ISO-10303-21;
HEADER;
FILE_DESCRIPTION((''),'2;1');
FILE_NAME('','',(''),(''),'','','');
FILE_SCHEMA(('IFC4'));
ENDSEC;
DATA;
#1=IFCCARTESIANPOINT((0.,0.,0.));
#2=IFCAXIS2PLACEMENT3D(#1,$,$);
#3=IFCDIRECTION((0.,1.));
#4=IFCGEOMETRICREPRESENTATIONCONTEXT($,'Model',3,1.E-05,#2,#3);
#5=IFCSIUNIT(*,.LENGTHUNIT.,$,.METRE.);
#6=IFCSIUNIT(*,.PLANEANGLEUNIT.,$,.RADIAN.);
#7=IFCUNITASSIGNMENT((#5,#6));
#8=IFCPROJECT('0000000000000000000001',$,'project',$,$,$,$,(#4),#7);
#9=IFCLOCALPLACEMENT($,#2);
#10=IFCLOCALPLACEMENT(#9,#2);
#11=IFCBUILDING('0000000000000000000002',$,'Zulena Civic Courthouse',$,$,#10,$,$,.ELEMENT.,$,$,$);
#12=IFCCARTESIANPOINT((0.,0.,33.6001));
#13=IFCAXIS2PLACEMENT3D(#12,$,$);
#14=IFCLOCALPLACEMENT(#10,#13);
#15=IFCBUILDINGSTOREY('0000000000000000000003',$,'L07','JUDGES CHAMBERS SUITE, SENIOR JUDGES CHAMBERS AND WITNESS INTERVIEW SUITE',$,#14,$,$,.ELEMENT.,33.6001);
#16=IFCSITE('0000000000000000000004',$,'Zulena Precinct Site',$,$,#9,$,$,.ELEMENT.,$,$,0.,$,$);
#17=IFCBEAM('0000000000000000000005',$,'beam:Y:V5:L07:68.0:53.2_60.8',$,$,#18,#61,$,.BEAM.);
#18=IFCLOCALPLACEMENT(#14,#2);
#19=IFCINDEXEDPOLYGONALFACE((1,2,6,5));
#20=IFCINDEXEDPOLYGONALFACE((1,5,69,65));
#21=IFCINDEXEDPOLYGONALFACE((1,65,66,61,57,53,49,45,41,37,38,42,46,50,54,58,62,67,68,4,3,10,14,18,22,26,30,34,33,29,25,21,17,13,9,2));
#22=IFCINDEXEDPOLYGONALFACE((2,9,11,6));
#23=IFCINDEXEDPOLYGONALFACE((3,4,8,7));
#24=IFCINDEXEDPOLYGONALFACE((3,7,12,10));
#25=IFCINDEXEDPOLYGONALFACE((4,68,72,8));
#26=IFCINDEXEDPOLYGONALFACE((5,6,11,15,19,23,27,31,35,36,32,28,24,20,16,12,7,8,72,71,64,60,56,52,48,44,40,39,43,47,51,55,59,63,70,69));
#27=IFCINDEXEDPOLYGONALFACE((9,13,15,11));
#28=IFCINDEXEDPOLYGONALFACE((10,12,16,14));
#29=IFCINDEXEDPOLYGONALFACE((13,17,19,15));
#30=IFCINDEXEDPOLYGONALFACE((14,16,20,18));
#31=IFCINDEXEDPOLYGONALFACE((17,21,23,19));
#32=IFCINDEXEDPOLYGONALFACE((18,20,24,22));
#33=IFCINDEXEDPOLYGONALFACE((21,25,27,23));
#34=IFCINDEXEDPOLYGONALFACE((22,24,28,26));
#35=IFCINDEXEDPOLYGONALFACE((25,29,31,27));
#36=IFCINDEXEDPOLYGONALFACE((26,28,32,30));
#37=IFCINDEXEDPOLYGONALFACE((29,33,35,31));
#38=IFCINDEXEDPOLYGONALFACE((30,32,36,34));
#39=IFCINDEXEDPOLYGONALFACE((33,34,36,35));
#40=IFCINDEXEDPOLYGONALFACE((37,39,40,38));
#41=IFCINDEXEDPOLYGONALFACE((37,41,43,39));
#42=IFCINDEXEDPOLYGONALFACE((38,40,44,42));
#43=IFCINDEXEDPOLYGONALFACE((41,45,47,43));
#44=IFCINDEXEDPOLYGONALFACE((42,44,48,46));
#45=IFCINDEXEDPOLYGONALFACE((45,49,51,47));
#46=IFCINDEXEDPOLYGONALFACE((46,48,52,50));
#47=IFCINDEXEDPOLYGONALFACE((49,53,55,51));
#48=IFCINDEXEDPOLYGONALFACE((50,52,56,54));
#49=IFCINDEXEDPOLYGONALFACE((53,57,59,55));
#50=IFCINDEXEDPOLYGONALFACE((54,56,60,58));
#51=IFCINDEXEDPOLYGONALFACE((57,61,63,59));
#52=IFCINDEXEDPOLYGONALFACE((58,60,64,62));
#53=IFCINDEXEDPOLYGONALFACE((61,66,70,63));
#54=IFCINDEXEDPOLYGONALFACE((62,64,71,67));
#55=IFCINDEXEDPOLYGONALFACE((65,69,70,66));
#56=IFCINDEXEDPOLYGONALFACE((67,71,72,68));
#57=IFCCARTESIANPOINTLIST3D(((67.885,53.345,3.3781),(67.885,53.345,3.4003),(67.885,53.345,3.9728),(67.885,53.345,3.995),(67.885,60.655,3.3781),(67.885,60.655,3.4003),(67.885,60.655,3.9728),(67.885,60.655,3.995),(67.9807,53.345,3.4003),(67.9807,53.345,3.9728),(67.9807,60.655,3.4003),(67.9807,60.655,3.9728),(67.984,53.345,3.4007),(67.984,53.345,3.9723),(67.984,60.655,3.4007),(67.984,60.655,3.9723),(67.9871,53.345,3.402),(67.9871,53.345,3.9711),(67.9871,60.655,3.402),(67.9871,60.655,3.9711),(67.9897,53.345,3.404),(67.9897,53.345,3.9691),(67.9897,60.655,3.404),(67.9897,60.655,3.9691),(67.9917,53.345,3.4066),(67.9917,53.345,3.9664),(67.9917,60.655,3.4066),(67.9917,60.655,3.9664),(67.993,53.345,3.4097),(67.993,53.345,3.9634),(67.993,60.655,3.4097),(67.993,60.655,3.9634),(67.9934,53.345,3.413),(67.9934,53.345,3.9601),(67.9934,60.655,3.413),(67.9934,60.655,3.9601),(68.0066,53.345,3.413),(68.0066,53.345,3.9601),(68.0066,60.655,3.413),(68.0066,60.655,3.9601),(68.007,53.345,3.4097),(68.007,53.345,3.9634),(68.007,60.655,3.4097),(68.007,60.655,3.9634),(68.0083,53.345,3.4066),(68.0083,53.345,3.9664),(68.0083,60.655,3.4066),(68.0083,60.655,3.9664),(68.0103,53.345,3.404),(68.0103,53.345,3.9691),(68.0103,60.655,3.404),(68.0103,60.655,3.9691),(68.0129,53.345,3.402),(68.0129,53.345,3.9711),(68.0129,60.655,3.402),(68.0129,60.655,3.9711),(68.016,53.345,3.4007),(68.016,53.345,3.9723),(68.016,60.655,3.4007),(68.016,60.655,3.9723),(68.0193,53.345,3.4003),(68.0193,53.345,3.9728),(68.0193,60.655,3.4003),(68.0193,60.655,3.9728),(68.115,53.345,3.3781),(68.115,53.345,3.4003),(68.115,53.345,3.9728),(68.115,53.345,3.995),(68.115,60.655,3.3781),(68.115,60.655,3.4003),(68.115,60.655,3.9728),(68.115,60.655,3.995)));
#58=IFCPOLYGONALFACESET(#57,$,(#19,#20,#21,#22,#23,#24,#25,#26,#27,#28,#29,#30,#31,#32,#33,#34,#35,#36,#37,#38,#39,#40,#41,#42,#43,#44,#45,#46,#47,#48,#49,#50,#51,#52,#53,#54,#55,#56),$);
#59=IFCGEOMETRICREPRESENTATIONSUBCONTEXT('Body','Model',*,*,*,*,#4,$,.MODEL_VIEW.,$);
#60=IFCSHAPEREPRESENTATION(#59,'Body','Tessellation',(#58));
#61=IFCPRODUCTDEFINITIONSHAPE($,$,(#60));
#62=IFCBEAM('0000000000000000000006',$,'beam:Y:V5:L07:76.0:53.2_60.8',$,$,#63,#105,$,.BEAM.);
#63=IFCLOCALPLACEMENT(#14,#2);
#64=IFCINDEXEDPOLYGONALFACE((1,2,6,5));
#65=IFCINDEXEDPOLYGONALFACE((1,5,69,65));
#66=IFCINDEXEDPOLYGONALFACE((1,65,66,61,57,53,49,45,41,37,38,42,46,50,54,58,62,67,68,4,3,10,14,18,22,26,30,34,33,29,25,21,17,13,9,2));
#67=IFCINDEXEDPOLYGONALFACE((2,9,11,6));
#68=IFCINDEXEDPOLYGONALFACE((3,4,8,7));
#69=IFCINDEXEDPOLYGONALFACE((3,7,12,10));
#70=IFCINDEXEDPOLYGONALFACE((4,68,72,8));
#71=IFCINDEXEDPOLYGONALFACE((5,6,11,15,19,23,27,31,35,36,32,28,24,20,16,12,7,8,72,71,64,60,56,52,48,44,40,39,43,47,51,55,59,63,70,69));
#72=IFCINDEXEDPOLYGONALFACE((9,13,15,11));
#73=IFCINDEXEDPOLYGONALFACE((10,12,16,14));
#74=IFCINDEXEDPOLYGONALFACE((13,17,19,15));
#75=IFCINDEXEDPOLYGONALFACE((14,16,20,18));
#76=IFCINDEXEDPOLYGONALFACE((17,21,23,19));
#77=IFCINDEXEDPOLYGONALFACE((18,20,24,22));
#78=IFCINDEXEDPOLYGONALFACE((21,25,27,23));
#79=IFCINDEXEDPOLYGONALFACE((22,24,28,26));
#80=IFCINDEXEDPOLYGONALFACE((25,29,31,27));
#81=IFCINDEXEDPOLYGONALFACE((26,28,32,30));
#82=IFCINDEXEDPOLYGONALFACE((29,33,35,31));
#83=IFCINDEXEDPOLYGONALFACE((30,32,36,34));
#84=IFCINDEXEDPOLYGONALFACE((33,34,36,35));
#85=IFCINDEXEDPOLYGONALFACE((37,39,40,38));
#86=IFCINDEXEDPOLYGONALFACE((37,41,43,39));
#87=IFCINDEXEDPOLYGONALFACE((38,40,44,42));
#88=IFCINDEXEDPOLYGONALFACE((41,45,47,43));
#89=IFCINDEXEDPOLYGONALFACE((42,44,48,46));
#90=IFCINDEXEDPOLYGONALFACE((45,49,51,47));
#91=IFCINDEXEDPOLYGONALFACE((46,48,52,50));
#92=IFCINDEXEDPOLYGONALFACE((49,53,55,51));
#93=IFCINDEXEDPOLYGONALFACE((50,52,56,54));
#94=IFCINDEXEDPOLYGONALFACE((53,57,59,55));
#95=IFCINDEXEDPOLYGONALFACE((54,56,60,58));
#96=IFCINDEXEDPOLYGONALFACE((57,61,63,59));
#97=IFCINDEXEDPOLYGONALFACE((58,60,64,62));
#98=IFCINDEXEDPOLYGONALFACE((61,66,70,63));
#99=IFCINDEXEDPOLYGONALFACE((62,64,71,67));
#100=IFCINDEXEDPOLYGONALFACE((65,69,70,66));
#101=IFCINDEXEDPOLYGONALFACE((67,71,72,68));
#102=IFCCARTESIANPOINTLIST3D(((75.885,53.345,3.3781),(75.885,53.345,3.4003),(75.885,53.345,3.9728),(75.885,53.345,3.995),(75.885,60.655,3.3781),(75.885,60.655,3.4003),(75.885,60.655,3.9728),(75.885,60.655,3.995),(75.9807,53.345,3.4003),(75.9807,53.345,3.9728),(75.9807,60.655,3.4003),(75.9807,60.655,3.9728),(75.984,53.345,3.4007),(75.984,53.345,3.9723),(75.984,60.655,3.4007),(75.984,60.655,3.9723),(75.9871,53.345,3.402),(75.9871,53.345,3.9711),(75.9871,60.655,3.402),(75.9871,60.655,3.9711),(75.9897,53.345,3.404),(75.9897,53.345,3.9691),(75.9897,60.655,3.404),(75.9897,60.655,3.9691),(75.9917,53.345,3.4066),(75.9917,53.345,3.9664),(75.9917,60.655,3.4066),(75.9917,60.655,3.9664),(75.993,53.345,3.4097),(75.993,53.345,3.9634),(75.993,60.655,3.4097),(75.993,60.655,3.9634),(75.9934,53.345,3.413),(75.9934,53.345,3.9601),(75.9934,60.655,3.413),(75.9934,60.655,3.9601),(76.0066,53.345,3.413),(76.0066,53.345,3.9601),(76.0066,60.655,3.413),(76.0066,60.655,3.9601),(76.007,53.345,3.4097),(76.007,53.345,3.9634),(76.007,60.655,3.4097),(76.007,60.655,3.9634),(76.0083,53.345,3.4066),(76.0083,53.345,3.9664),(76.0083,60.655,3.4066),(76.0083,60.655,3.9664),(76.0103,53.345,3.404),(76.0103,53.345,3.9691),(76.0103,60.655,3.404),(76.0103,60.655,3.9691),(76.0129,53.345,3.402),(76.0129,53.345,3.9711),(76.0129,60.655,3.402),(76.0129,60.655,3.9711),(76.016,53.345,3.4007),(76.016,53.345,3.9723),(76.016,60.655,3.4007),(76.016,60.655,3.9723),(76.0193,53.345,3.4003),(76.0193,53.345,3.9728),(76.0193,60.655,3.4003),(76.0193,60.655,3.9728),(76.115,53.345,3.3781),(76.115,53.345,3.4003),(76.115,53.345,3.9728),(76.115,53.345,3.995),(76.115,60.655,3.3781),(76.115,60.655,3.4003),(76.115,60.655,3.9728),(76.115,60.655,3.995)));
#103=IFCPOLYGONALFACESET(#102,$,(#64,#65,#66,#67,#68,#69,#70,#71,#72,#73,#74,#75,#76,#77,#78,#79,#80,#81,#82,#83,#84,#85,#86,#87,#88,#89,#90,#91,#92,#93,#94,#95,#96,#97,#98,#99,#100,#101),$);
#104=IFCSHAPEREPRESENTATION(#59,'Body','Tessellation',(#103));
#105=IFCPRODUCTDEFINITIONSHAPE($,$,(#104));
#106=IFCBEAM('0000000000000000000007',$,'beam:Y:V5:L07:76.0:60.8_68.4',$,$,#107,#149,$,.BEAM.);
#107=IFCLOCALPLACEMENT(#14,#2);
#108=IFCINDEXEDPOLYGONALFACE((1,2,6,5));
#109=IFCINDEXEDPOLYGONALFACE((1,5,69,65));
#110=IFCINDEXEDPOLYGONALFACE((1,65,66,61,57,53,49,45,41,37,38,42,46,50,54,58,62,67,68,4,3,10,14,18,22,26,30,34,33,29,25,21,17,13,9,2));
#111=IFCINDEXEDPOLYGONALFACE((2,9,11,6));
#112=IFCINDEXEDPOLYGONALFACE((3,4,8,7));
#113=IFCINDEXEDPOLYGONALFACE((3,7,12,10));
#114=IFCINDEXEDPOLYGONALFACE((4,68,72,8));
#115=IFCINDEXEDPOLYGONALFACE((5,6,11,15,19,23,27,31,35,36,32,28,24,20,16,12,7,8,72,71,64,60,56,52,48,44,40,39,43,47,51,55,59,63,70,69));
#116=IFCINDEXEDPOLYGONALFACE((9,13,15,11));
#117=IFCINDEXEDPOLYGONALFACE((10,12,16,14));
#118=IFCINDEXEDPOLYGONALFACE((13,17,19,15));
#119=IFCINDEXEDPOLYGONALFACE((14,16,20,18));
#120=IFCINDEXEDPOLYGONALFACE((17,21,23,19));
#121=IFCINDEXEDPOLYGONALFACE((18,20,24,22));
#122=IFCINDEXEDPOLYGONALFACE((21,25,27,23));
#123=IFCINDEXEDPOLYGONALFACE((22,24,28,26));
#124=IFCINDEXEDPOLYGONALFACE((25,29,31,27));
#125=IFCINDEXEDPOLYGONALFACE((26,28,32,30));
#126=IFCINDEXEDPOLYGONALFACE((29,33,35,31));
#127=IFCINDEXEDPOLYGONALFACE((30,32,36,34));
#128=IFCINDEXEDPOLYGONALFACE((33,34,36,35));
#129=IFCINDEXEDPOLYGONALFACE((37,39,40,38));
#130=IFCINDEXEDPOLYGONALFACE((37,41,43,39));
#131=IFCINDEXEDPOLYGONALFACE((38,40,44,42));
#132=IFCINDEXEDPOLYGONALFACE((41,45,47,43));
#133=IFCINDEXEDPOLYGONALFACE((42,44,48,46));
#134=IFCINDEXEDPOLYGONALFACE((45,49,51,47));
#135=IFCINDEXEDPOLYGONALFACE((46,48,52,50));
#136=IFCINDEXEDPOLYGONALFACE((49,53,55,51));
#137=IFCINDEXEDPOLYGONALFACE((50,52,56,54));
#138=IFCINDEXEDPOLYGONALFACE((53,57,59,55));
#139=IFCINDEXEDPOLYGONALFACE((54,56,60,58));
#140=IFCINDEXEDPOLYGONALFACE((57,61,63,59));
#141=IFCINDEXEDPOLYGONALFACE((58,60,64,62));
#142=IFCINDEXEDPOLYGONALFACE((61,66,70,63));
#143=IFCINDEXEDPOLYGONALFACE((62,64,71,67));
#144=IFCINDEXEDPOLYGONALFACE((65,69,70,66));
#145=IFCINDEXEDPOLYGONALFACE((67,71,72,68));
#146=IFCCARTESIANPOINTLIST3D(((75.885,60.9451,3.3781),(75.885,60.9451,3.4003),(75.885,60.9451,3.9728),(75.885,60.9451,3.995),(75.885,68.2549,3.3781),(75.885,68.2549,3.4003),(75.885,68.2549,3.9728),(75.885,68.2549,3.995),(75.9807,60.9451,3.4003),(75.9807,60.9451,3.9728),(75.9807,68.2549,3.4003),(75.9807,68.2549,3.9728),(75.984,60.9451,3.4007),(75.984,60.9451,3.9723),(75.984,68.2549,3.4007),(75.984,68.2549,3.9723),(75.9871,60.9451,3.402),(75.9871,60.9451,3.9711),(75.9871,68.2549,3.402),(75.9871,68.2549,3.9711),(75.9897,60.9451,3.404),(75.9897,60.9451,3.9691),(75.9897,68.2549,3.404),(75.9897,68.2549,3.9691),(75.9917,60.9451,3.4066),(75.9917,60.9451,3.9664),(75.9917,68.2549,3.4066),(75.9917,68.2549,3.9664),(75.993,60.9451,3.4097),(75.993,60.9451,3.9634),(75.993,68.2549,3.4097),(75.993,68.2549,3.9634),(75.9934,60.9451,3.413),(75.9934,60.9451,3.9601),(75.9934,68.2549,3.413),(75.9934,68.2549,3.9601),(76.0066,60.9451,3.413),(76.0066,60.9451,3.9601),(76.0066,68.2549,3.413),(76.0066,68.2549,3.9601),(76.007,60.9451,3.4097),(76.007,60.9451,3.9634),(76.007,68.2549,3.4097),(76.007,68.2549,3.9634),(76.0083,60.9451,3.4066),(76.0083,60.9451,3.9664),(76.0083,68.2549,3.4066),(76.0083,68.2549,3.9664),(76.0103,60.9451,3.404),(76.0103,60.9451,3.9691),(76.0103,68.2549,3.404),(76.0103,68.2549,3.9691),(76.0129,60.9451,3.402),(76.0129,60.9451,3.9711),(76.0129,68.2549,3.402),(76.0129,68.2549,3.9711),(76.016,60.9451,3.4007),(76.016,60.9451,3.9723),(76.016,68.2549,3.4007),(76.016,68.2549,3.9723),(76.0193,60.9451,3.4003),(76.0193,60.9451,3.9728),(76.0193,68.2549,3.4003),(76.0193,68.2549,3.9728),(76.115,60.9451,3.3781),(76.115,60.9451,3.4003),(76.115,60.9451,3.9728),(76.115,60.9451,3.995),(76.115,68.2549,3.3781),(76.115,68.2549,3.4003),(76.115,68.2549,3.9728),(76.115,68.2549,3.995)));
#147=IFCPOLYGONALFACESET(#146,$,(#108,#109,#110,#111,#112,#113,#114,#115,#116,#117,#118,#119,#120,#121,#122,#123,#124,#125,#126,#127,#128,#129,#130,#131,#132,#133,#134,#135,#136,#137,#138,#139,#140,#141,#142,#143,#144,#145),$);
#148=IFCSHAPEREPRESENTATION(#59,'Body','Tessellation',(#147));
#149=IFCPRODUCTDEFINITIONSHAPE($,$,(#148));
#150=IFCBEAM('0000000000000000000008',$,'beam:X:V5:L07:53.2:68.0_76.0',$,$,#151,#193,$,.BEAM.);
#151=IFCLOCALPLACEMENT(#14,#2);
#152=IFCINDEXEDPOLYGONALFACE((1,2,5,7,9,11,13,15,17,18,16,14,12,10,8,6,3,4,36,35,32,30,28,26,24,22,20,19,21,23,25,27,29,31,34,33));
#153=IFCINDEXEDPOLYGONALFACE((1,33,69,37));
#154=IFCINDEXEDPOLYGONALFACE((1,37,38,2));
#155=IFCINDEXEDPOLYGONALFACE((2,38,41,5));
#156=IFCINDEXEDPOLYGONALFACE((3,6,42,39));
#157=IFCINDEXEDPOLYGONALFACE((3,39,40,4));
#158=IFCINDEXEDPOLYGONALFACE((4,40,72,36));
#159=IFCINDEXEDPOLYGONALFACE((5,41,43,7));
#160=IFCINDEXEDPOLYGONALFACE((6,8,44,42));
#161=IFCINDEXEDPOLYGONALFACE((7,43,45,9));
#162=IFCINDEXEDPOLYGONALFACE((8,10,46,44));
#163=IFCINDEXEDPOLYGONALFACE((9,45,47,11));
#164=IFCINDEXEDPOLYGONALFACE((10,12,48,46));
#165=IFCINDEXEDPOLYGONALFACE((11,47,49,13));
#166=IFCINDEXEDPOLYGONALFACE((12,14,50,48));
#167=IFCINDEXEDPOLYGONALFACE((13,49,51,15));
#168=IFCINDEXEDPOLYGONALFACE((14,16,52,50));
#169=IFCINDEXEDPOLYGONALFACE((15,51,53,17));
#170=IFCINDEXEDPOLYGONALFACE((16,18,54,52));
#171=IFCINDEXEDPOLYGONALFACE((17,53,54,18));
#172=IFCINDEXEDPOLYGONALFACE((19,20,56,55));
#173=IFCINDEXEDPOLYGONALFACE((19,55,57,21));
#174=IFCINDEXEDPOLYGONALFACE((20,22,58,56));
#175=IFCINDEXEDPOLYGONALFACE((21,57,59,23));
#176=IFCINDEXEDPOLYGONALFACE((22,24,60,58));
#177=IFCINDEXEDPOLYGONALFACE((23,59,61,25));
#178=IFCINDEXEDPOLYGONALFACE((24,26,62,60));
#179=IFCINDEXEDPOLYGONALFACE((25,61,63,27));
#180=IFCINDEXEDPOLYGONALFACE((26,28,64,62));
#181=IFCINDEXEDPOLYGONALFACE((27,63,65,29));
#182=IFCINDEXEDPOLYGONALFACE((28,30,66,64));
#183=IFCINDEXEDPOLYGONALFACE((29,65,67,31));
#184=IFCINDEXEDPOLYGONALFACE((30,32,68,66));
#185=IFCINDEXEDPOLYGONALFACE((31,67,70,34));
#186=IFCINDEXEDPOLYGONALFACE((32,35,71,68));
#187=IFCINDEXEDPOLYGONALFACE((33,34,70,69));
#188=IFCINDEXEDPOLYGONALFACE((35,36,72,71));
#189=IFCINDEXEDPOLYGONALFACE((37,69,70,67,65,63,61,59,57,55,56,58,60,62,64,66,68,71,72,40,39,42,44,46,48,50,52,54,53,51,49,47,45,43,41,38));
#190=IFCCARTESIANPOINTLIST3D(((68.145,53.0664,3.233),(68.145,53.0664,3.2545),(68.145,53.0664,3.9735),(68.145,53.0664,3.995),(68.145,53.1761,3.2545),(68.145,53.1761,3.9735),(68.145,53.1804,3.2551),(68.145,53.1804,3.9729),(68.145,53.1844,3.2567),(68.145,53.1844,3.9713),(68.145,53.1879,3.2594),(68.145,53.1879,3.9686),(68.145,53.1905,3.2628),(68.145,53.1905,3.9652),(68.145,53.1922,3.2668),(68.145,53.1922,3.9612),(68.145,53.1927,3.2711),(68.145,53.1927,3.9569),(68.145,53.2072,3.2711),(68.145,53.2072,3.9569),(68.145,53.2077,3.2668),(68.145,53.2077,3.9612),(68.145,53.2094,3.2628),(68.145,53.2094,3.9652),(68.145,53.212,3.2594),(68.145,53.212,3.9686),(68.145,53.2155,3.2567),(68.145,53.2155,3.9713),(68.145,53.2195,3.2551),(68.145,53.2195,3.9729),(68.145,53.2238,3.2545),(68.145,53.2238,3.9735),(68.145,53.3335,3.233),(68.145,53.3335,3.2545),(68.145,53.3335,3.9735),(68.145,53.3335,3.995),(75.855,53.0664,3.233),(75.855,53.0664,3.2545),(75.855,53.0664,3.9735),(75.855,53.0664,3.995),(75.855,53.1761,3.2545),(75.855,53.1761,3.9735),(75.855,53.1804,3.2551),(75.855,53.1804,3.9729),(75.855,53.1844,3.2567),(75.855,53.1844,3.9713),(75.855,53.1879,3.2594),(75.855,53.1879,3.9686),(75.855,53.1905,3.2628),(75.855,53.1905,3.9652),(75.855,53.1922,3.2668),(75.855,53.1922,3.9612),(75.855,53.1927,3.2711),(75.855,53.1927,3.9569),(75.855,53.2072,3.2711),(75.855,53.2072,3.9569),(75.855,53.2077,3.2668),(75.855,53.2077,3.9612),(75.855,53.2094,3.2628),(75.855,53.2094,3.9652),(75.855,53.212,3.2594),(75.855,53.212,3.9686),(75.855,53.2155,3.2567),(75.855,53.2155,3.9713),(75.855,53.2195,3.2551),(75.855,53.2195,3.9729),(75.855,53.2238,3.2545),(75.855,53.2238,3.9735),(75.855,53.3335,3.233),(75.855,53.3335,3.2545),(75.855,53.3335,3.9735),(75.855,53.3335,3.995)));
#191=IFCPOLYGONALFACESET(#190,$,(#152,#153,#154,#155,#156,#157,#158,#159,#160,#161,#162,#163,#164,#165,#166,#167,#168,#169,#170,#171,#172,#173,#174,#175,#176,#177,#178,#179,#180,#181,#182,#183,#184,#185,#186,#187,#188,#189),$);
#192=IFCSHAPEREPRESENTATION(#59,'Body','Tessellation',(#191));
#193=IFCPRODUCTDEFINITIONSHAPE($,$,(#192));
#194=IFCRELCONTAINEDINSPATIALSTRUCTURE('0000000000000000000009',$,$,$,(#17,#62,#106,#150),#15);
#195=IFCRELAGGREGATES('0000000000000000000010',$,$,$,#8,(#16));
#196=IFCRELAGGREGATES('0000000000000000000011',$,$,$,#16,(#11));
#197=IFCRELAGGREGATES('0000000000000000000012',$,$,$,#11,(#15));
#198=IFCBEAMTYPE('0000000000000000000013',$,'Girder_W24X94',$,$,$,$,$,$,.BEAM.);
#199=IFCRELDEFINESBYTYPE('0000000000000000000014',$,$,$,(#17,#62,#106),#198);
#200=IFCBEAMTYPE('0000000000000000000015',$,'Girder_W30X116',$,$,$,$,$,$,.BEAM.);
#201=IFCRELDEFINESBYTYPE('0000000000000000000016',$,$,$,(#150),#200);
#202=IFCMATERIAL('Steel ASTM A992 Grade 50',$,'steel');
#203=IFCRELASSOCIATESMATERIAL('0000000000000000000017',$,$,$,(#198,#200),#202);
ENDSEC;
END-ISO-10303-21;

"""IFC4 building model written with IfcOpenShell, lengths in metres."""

from ifc_helpers import new_model, si_unit, direction, frame, origin, origin_2d, place, context, subcontext, project, spatial, i_section, extrude, material, material_profile, profile_set, type_object, element, save


model = new_model("IFC4")

# Units and contexts
model_context = context("Model", 3, precision=1e-05, world=origin(), true_north=direction((0.0, 1.0)))
body_context = subcontext(model_context, "Body", "Model", "MODEL_VIEW")
ifc_project = project(units=[si_unit("LENGTHUNIT", "METRE"), si_unit("PLANEANGLEUNIT", "RADIAN")], contexts=[model_context])

# Site, building, storey
site_placement = place(None, origin())
site = spatial("IfcSite", under=ifc_project, at=site_placement, Name="Zulena Precinct Site", CompositionType="ELEMENT", RefElevation=0.0)
building_placement = place(site_placement, origin())
building = spatial("IfcBuilding", under=site, at=building_placement, Name="Zulena Civic Courthouse", CompositionType="ELEMENT")
storey_placement = place(building_placement, frame((0.0, 0.0, 33.6001)))
storey = spatial("IfcBuildingStorey", under=building, at=storey_placement, Name="L07", Description="JUDGES CHAMBERS SUITE, SENIOR JUDGES CHAMBERS AND WITNESS INTERVIEW SUITE", CompositionType="ELEMENT", Elevation=33.6001)

# Shared definitions
ifc_material_1 = material(Name="Steel ASTM A992 Grade 50", Category="steel")

# Beams
ifc_material_profile_1 = material_profile(ifc_material_1, i_section(OverallWidth=0.23, OverallDepth=0.6169, WebThickness=0.0132, FlangeThickness=0.0222, FilletRadius=0.0127, at=origin_2d()), Name="W24X94")
ifc_profile_set_1 = profile_set([ifc_material_profile_1], Name="Steel ASTM A992 Grade 50")
beam_type_1 = type_object("IfcBeamType", Name="Girder_W24X94", PredefinedType="BEAM", material=ifc_profile_set_1)
for number, where, z_axis, x_axis, name in (
    (1, (68.0, 53.345, 3.6865), (0.0, 1.0, 0.0), (-1.0, 0.0, 0.0), "beam:Y:V5:L07:68.0:53.2_60.8"),
    (2, (76.0, 53.345, 3.6865), (0.0, 1.0, 0.0), (-1.0, 0.0, 0.0), "beam:Y:V5:L07:76.0:53.2_60.8"),
):
    element("IfcBeam", number, at=place(storey_placement, frame(where, z_axis=z_axis, x_axis=x_axis)), inside=storey, type_object=beam_type_1, Name=name, PredefinedType="BEAM", context=body_context, shape_type="SweptSolid", body=[
        extrude(i_section(OverallWidth=0.23, OverallDepth=0.6169, WebThickness=0.0132, FlangeThickness=0.0222, FilletRadius=0.0127, at=origin_2d()), origin(), (0.0, 0.0, 1.0), 7.3101),
    ])
beam_1_placement = place(storey_placement, frame((76.0, 60.9451, 3.6865), z_axis=(0.0, 1.0, 0.0), x_axis=(-1.0, 0.0, 0.0)))
element("IfcBeam", 3, at=beam_1_placement, inside=storey, type_object=beam_type_1, Name="beam:Y:V5:L07:76.0:60.8_68.4", PredefinedType="BEAM", context=body_context, shape_type="SweptSolid", body=[
    extrude(i_section(OverallWidth=0.23, OverallDepth=0.6169, WebThickness=0.0132, FlangeThickness=0.0222, FilletRadius=0.0127, at=origin_2d()), origin(), (0.0, 0.0, 1.0), 7.3098),
])
ifc_material_profile_2 = material_profile(ifc_material_1, i_section(OverallWidth=0.2671, OverallDepth=0.762, WebThickness=0.0144, FlangeThickness=0.0215, FilletRadius=0.0166, at=origin_2d()), Name="W30X116")
ifc_profile_set_2 = profile_set([ifc_material_profile_2], Name="Steel ASTM A992 Grade 50")
beam_type_2 = type_object("IfcBeamType", Name="Girder_W30X116", PredefinedType="BEAM", material=ifc_profile_set_2)
for number, where, z_axis, x_axis, name in (
    (4, (68.145, 53.2, 3.614), (1.0, 0.0, 0.0), (0.0, 1.0, 0.0), "beam:X:V5:L07:53.2:68.0_76.0"),
):
    element("IfcBeam", number, at=place(storey_placement, frame(where, z_axis=z_axis, x_axis=x_axis)), inside=storey, type_object=beam_type_2, Name=name, PredefinedType="BEAM", context=body_context, shape_type="SweptSolid", body=[
        extrude(i_section(OverallWidth=0.2671, OverallDepth=0.762, WebThickness=0.0144, FlangeThickness=0.0215, FilletRadius=0.0166, at=origin_2d()), origin(), (0.0, 0.0, 1.0), 7.71),
    ])

save(model, "model.ifc")
